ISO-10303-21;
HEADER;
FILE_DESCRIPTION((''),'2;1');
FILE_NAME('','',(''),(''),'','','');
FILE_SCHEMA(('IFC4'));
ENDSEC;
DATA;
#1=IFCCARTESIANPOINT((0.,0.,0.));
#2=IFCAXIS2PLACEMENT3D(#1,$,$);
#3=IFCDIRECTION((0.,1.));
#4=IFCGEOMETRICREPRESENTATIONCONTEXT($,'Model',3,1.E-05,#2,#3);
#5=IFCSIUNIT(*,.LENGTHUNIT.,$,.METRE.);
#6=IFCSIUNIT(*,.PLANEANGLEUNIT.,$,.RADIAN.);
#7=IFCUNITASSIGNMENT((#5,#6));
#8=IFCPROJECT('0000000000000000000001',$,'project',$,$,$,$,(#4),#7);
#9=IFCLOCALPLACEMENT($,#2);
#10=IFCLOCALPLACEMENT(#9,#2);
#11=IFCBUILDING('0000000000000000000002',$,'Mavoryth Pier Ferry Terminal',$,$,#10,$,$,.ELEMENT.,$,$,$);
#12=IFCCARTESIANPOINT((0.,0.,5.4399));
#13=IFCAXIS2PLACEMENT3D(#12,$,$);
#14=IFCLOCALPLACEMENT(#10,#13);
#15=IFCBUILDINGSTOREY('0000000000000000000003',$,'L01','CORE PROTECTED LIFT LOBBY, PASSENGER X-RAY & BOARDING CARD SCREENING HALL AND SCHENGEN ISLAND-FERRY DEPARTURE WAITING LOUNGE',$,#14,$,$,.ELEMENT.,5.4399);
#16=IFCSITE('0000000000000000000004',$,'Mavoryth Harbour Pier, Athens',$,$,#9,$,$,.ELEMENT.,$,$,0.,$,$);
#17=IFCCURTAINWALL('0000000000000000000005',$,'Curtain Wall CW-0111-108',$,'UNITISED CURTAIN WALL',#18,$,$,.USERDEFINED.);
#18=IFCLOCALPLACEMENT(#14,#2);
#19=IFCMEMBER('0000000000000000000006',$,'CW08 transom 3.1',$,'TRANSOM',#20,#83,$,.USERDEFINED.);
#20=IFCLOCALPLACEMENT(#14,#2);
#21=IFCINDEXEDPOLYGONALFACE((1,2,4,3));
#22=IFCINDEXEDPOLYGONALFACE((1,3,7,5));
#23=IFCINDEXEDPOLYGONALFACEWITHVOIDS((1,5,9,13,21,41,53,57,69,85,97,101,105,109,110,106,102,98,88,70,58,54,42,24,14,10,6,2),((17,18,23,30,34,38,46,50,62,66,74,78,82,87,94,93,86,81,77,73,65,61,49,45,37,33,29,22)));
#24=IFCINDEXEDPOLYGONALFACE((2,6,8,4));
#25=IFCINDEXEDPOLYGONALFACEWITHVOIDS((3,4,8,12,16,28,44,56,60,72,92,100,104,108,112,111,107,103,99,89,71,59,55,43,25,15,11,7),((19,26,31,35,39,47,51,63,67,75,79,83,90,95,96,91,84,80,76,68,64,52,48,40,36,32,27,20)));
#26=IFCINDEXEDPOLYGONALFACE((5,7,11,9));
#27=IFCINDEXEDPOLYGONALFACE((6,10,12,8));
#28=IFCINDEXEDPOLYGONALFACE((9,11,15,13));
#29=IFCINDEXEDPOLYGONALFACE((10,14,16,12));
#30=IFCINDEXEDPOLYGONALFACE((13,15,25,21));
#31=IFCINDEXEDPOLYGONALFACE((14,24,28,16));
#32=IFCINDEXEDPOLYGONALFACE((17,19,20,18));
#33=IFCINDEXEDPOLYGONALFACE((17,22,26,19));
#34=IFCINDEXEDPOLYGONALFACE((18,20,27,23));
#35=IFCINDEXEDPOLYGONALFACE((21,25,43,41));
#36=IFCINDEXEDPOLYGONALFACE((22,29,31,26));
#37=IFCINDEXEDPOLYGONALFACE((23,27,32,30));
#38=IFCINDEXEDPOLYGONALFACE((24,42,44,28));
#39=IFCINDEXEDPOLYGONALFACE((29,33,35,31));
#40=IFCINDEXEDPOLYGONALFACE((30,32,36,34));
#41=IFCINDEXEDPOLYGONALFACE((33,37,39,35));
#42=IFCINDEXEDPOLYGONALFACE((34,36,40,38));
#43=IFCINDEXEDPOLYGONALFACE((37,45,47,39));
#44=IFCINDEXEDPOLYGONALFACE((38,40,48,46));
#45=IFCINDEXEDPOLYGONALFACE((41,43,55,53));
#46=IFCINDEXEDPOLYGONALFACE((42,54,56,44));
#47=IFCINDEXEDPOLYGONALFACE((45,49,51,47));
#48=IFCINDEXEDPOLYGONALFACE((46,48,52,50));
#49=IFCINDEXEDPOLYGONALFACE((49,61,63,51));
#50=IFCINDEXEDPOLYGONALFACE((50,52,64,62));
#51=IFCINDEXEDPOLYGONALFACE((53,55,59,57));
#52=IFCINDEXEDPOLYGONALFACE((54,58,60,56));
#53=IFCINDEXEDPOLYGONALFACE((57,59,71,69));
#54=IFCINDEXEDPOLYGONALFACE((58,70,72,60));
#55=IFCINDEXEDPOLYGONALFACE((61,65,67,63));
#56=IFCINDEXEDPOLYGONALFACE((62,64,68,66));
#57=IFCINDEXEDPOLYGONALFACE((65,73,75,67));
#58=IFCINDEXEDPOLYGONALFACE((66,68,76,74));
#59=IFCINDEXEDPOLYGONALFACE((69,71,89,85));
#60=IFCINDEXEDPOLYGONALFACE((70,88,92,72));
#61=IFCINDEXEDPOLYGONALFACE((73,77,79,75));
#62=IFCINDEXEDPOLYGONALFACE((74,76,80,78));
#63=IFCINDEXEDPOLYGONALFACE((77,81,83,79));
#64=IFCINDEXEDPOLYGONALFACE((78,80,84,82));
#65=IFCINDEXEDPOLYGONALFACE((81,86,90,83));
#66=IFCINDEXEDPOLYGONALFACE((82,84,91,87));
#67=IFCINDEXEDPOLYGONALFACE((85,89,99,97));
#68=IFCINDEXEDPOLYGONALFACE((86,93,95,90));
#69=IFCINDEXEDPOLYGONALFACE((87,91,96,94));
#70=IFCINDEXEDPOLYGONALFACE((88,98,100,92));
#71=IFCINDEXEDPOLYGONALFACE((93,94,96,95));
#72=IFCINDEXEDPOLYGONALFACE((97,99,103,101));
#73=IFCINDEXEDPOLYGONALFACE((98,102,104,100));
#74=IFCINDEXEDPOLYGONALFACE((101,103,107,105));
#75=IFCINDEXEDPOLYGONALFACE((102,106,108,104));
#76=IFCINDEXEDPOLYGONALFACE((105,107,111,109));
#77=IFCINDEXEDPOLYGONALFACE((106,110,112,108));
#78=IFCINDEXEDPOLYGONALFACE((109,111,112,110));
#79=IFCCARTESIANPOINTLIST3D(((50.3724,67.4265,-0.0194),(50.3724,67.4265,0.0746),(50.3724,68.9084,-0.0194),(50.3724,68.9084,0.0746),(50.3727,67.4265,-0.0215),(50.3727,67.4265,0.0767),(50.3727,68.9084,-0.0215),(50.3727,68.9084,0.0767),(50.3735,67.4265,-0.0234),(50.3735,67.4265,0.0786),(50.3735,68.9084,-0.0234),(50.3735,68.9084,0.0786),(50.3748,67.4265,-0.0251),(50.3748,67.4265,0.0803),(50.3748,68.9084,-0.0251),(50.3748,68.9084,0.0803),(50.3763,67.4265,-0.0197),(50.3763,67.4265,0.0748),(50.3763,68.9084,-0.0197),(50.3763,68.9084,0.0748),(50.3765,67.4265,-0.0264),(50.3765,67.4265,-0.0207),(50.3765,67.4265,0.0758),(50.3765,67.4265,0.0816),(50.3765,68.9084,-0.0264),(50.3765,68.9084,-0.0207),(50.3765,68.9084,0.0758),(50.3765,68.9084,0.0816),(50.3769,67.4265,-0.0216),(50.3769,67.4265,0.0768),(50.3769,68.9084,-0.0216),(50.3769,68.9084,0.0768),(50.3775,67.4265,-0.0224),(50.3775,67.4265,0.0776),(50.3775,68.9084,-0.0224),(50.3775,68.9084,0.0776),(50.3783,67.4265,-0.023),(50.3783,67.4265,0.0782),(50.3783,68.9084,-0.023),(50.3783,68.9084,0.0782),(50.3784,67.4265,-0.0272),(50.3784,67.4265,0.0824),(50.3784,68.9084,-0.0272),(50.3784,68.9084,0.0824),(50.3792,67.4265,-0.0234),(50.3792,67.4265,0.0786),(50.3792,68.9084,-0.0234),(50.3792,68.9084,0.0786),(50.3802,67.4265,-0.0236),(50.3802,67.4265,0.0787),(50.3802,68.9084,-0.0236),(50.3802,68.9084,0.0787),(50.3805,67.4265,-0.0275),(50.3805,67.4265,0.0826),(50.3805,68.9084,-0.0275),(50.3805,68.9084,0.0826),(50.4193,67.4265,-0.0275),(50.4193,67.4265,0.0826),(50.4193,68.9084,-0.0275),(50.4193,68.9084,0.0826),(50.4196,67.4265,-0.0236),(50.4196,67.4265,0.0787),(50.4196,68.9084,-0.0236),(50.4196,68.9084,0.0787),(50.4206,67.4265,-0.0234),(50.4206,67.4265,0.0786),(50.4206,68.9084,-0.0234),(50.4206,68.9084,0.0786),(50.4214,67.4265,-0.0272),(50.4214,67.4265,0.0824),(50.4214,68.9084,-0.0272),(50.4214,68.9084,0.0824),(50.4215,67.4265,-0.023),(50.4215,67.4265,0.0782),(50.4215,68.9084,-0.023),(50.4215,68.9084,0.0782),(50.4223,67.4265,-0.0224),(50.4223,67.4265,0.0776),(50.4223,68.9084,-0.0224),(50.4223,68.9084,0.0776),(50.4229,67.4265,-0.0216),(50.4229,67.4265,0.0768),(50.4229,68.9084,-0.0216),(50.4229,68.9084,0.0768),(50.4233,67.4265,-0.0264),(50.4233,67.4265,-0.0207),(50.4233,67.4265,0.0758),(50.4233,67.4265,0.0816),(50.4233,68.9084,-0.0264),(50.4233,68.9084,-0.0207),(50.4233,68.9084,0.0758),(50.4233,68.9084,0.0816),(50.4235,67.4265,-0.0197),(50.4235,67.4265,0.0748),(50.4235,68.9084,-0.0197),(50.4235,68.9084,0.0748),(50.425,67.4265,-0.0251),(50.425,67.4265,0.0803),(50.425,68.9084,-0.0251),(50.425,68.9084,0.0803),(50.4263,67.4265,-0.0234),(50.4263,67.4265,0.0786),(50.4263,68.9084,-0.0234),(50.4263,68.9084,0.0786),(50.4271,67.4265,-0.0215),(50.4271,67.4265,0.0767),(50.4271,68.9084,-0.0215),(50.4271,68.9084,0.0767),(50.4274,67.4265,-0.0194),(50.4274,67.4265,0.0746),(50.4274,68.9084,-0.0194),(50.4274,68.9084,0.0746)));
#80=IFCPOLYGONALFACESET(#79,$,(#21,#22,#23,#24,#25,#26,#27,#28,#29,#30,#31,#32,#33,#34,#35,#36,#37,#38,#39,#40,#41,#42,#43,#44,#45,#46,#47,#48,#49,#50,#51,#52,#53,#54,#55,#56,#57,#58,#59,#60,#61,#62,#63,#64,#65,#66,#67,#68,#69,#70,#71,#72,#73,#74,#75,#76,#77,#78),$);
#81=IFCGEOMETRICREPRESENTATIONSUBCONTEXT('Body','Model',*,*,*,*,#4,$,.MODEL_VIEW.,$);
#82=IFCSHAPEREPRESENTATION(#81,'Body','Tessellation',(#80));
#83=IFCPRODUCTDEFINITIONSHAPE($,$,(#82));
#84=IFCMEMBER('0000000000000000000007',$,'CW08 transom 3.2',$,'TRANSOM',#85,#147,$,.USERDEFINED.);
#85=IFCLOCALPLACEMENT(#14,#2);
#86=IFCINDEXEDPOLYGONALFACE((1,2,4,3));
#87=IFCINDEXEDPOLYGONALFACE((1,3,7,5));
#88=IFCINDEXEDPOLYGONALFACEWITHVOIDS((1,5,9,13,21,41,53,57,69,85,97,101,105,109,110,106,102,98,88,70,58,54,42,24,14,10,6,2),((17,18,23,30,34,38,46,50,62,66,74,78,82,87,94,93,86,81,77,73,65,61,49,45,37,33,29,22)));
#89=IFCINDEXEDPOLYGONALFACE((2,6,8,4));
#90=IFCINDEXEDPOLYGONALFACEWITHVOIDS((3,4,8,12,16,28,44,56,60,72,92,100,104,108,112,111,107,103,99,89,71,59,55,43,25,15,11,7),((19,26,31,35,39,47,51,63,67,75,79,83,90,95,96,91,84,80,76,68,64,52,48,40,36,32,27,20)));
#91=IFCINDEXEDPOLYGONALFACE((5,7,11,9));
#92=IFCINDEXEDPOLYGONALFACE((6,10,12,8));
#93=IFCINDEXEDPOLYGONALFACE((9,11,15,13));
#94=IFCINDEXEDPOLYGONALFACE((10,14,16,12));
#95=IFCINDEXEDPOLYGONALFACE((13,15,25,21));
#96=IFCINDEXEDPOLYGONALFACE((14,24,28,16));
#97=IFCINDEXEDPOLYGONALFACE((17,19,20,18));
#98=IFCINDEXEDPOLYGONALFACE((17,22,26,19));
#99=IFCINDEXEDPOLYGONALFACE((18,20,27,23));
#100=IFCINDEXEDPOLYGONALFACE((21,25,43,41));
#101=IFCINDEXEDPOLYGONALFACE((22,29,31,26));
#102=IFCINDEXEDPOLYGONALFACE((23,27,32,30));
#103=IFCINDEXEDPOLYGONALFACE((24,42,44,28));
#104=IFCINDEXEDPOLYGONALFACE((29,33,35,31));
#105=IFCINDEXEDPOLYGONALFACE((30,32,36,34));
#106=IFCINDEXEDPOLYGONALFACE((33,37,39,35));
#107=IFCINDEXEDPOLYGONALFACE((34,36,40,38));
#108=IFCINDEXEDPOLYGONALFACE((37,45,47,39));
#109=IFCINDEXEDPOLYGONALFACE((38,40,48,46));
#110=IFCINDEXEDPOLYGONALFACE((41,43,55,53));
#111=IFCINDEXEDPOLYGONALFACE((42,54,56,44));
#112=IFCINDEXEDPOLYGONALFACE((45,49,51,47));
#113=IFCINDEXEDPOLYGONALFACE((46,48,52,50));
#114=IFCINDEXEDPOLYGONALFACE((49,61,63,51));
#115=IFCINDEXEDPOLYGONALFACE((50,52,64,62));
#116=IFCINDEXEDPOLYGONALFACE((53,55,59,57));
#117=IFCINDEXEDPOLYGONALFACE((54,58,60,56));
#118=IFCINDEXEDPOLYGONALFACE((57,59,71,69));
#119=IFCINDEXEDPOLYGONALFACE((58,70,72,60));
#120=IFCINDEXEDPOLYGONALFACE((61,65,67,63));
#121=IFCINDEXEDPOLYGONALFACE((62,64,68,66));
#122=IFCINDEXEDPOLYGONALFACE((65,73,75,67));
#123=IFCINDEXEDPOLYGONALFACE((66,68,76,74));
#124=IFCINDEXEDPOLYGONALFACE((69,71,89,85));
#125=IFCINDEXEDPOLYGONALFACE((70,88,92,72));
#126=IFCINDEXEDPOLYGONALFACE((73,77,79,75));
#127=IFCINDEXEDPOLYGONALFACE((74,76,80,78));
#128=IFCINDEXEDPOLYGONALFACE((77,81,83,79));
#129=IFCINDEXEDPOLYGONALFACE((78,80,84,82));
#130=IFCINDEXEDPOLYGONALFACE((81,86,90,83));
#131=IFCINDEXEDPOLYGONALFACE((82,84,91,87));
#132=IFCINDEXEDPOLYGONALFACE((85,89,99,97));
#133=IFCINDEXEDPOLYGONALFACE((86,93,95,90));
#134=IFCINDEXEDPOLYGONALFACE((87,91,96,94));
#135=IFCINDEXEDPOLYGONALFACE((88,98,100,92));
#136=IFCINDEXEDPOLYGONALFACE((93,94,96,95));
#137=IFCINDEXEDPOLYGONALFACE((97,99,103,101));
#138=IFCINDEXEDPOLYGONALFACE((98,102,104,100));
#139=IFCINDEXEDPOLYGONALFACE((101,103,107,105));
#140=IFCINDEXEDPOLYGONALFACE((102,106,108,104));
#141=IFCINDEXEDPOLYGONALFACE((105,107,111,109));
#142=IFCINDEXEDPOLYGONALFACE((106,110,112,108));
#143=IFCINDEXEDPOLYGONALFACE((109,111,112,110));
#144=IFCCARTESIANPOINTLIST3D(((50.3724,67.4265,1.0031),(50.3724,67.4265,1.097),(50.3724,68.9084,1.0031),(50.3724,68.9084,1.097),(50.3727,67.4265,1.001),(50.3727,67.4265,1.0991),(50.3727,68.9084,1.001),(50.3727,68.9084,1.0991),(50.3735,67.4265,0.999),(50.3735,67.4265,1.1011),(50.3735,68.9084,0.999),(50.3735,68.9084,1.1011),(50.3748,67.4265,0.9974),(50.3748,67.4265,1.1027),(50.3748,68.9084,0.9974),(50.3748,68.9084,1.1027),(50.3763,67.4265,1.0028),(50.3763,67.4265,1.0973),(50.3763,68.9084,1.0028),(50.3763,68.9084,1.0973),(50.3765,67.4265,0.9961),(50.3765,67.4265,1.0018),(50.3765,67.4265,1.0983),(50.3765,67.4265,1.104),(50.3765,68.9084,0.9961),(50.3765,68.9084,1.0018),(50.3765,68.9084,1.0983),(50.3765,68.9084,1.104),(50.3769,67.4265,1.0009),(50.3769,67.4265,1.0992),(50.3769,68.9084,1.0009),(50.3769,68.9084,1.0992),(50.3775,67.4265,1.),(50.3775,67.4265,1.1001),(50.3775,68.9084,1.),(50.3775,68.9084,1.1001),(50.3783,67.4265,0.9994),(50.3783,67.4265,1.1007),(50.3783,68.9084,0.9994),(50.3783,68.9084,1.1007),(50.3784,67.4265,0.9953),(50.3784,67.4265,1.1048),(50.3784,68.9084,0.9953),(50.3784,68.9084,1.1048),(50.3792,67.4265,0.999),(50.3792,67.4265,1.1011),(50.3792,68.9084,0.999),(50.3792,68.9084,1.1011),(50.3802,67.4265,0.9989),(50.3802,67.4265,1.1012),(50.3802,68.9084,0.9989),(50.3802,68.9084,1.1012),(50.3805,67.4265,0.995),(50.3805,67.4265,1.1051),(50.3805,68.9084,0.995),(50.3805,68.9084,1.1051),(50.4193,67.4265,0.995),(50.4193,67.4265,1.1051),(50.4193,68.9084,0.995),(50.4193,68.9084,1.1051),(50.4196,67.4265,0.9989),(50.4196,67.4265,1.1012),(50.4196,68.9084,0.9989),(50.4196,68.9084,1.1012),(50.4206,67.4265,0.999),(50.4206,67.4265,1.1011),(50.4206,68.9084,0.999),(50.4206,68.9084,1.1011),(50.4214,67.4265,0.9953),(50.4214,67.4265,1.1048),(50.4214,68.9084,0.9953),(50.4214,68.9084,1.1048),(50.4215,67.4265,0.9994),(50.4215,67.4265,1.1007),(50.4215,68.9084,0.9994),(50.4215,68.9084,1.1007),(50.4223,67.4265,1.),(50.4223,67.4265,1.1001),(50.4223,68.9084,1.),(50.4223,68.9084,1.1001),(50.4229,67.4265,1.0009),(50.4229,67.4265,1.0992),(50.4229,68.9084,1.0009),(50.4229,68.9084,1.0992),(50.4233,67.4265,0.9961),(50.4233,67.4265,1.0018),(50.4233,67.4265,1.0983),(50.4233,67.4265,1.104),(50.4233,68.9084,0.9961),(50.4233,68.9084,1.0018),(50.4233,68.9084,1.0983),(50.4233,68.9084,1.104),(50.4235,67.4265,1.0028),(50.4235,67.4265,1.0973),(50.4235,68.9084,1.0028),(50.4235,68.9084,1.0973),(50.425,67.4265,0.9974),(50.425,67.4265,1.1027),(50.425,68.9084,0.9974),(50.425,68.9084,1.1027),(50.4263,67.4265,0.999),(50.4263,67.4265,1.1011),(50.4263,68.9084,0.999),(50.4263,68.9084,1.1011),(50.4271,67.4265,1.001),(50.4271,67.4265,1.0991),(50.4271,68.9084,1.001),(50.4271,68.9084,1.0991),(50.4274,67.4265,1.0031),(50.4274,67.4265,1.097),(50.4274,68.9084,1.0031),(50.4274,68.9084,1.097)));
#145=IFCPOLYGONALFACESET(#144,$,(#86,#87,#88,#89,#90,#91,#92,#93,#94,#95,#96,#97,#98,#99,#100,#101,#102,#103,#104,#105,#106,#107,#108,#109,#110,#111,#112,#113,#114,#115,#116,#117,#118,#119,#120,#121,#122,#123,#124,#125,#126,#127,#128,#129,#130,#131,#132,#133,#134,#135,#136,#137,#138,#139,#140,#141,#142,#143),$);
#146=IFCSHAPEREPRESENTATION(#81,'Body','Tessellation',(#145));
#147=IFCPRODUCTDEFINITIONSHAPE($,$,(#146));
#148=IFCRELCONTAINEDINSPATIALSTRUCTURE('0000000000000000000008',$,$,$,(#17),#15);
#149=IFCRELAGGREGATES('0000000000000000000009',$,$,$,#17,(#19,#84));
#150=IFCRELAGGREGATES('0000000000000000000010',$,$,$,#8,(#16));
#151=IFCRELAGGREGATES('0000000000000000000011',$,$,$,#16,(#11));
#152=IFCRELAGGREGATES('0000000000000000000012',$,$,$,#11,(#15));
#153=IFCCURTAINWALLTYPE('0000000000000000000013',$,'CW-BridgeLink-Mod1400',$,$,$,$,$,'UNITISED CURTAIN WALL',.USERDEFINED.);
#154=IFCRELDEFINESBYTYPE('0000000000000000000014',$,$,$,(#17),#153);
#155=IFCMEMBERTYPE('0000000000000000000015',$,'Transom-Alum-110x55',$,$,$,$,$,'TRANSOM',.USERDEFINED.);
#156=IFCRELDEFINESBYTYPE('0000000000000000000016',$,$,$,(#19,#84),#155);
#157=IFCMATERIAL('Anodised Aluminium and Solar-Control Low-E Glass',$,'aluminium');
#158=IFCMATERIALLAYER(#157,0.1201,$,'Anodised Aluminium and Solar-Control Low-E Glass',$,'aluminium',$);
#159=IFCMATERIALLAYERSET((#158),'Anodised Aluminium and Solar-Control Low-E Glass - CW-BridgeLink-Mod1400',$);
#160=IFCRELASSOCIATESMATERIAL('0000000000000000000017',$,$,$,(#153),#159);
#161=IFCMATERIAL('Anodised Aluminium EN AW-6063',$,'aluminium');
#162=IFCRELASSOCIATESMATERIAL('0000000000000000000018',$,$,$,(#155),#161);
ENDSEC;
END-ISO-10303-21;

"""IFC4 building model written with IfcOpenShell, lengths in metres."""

from ifc_helpers import new_model, si_unit, direction, frame, origin, origin_2d, place, context, subcontext, project, spatial, hollow_rectangle, extrude, material, layer, layer_set, material_profile, profile_set, type_object, element, aggregate, save


model = new_model("IFC4")

# Units and contexts
model_context = context("Model", 3, precision=1e-05, world=origin(), true_north=direction((0.0, 1.0)))
body_context = subcontext(model_context, "Body", "Model", "MODEL_VIEW")
ifc_project = project(units=[si_unit("LENGTHUNIT", "METRE"), si_unit("PLANEANGLEUNIT", "RADIAN")], contexts=[model_context])

# Site, building, storey
site_placement = place(None, origin())
site = spatial("IfcSite", under=ifc_project, at=site_placement, Name="Mavoryth Harbour Pier, Athens", CompositionType="ELEMENT", RefElevation=0.0)
building_placement = place(site_placement, origin())
building = spatial("IfcBuilding", under=site, at=building_placement, Name="Mavoryth Pier Ferry Terminal", CompositionType="ELEMENT")
storey_placement = place(building_placement, frame((0.0, 0.0, 5.4399)))
storey = spatial("IfcBuildingStorey", under=building, at=storey_placement, Name="L01", Description="CORE PROTECTED LIFT LOBBY, PASSENGER X-RAY & BOARDING CARD SCREENING HALL AND SCHENGEN ISLAND-FERRY DEPARTURE WAITING LOUNGE", CompositionType="ELEMENT", Elevation=5.4399)

# Curtain wall
ifc_material_1 = material(Name="Anodised Aluminium and Solar-Control Low-E Glass", Category="aluminium")
ifc_layer_1 = layer(ifc_material_1, 0.1201, Name="Anodised Aluminium and Solar-Control Low-E Glass", Category="aluminium")
ifc_layer_set_1 = layer_set([ifc_layer_1], Name="Anodised Aluminium and Solar-Control Low-E Glass - CW-BridgeLink-Mod1400")
curtain_wall_type = type_object("IfcCurtainWallType", Name="CW-BridgeLink-Mod1400", ElementType="UNITISED CURTAIN WALL", PredefinedType="USERDEFINED", material=ifc_layer_set_1)
curtain_wall_1_placement = place(storey_placement, origin())
curtain_wall_1 = element("IfcCurtainWall", 1, at=curtain_wall_1_placement, inside=storey, type_object=curtain_wall_type, Name="Curtain Wall CW-0111-108", ObjectType="UNITISED CURTAIN WALL", PredefinedType="USERDEFINED")
ifc_material_2 = material(Name="Anodised Aluminium EN AW-6063", Category="aluminium")

# Members
ifc_material_profile_1 = material_profile(ifc_material_2, hollow_rectangle(XDim=0.0549, YDim=0.1101, WallThickness=0.0039, InnerFilletRadius=0.0039, OuterFilletRadius=0.0081, at=origin_2d()), Name="AL-TRAN 110x55x4", Category="aluminium")
ifc_profile_set_1 = profile_set([ifc_material_profile_1], Name="Anodised Aluminium EN AW-6063 - AL-TRAN 110x55x4")
member_type_1 = type_object("IfcMemberType", Name="Transom-Alum-110x55", ElementType="TRANSOM", PredefinedType="USERDEFINED", material=ifc_profile_set_1)
member_1_placement = place(storey_placement, frame((50.3999, 68.9084, 0.0276), z_axis=(0.0, -1.0, 0.0), x_axis=(1.0, 0.0, 0.0)))
member_1 = element("IfcMember", 2, at=member_1_placement, type_object=member_type_1, Name="CW08 transom 3.1", ObjectType="TRANSOM", PredefinedType="USERDEFINED", context=body_context, shape_type="SweptSolid", body=[
    extrude(hollow_rectangle(XDim=0.0549, YDim=0.1101, WallThickness=0.0039, InnerFilletRadius=0.0039, OuterFilletRadius=0.0081, at=origin_2d()), origin(), (0.0, 0.0, 1.0), 1.4819),
])
member_2_placement = place(storey_placement, frame((50.3999, 68.9084, 1.05), z_axis=(0.0, -1.0, 0.0), x_axis=(1.0, 0.0, 0.0)))
member_2 = element("IfcMember", 3, at=member_2_placement, type_object=member_type_1, Name="CW08 transom 3.2", ObjectType="TRANSOM", PredefinedType="USERDEFINED", context=body_context, shape_type="SweptSolid", body=[
    extrude(hollow_rectangle(XDim=0.0549, YDim=0.1101, WallThickness=0.0039, InnerFilletRadius=0.0039, OuterFilletRadius=0.0081, at=origin_2d()), origin(), (0.0, 0.0, 1.0), 1.4819),
])

aggregate(curtain_wall_1, [member_1, member_2])

save(model, "model.ifc")
